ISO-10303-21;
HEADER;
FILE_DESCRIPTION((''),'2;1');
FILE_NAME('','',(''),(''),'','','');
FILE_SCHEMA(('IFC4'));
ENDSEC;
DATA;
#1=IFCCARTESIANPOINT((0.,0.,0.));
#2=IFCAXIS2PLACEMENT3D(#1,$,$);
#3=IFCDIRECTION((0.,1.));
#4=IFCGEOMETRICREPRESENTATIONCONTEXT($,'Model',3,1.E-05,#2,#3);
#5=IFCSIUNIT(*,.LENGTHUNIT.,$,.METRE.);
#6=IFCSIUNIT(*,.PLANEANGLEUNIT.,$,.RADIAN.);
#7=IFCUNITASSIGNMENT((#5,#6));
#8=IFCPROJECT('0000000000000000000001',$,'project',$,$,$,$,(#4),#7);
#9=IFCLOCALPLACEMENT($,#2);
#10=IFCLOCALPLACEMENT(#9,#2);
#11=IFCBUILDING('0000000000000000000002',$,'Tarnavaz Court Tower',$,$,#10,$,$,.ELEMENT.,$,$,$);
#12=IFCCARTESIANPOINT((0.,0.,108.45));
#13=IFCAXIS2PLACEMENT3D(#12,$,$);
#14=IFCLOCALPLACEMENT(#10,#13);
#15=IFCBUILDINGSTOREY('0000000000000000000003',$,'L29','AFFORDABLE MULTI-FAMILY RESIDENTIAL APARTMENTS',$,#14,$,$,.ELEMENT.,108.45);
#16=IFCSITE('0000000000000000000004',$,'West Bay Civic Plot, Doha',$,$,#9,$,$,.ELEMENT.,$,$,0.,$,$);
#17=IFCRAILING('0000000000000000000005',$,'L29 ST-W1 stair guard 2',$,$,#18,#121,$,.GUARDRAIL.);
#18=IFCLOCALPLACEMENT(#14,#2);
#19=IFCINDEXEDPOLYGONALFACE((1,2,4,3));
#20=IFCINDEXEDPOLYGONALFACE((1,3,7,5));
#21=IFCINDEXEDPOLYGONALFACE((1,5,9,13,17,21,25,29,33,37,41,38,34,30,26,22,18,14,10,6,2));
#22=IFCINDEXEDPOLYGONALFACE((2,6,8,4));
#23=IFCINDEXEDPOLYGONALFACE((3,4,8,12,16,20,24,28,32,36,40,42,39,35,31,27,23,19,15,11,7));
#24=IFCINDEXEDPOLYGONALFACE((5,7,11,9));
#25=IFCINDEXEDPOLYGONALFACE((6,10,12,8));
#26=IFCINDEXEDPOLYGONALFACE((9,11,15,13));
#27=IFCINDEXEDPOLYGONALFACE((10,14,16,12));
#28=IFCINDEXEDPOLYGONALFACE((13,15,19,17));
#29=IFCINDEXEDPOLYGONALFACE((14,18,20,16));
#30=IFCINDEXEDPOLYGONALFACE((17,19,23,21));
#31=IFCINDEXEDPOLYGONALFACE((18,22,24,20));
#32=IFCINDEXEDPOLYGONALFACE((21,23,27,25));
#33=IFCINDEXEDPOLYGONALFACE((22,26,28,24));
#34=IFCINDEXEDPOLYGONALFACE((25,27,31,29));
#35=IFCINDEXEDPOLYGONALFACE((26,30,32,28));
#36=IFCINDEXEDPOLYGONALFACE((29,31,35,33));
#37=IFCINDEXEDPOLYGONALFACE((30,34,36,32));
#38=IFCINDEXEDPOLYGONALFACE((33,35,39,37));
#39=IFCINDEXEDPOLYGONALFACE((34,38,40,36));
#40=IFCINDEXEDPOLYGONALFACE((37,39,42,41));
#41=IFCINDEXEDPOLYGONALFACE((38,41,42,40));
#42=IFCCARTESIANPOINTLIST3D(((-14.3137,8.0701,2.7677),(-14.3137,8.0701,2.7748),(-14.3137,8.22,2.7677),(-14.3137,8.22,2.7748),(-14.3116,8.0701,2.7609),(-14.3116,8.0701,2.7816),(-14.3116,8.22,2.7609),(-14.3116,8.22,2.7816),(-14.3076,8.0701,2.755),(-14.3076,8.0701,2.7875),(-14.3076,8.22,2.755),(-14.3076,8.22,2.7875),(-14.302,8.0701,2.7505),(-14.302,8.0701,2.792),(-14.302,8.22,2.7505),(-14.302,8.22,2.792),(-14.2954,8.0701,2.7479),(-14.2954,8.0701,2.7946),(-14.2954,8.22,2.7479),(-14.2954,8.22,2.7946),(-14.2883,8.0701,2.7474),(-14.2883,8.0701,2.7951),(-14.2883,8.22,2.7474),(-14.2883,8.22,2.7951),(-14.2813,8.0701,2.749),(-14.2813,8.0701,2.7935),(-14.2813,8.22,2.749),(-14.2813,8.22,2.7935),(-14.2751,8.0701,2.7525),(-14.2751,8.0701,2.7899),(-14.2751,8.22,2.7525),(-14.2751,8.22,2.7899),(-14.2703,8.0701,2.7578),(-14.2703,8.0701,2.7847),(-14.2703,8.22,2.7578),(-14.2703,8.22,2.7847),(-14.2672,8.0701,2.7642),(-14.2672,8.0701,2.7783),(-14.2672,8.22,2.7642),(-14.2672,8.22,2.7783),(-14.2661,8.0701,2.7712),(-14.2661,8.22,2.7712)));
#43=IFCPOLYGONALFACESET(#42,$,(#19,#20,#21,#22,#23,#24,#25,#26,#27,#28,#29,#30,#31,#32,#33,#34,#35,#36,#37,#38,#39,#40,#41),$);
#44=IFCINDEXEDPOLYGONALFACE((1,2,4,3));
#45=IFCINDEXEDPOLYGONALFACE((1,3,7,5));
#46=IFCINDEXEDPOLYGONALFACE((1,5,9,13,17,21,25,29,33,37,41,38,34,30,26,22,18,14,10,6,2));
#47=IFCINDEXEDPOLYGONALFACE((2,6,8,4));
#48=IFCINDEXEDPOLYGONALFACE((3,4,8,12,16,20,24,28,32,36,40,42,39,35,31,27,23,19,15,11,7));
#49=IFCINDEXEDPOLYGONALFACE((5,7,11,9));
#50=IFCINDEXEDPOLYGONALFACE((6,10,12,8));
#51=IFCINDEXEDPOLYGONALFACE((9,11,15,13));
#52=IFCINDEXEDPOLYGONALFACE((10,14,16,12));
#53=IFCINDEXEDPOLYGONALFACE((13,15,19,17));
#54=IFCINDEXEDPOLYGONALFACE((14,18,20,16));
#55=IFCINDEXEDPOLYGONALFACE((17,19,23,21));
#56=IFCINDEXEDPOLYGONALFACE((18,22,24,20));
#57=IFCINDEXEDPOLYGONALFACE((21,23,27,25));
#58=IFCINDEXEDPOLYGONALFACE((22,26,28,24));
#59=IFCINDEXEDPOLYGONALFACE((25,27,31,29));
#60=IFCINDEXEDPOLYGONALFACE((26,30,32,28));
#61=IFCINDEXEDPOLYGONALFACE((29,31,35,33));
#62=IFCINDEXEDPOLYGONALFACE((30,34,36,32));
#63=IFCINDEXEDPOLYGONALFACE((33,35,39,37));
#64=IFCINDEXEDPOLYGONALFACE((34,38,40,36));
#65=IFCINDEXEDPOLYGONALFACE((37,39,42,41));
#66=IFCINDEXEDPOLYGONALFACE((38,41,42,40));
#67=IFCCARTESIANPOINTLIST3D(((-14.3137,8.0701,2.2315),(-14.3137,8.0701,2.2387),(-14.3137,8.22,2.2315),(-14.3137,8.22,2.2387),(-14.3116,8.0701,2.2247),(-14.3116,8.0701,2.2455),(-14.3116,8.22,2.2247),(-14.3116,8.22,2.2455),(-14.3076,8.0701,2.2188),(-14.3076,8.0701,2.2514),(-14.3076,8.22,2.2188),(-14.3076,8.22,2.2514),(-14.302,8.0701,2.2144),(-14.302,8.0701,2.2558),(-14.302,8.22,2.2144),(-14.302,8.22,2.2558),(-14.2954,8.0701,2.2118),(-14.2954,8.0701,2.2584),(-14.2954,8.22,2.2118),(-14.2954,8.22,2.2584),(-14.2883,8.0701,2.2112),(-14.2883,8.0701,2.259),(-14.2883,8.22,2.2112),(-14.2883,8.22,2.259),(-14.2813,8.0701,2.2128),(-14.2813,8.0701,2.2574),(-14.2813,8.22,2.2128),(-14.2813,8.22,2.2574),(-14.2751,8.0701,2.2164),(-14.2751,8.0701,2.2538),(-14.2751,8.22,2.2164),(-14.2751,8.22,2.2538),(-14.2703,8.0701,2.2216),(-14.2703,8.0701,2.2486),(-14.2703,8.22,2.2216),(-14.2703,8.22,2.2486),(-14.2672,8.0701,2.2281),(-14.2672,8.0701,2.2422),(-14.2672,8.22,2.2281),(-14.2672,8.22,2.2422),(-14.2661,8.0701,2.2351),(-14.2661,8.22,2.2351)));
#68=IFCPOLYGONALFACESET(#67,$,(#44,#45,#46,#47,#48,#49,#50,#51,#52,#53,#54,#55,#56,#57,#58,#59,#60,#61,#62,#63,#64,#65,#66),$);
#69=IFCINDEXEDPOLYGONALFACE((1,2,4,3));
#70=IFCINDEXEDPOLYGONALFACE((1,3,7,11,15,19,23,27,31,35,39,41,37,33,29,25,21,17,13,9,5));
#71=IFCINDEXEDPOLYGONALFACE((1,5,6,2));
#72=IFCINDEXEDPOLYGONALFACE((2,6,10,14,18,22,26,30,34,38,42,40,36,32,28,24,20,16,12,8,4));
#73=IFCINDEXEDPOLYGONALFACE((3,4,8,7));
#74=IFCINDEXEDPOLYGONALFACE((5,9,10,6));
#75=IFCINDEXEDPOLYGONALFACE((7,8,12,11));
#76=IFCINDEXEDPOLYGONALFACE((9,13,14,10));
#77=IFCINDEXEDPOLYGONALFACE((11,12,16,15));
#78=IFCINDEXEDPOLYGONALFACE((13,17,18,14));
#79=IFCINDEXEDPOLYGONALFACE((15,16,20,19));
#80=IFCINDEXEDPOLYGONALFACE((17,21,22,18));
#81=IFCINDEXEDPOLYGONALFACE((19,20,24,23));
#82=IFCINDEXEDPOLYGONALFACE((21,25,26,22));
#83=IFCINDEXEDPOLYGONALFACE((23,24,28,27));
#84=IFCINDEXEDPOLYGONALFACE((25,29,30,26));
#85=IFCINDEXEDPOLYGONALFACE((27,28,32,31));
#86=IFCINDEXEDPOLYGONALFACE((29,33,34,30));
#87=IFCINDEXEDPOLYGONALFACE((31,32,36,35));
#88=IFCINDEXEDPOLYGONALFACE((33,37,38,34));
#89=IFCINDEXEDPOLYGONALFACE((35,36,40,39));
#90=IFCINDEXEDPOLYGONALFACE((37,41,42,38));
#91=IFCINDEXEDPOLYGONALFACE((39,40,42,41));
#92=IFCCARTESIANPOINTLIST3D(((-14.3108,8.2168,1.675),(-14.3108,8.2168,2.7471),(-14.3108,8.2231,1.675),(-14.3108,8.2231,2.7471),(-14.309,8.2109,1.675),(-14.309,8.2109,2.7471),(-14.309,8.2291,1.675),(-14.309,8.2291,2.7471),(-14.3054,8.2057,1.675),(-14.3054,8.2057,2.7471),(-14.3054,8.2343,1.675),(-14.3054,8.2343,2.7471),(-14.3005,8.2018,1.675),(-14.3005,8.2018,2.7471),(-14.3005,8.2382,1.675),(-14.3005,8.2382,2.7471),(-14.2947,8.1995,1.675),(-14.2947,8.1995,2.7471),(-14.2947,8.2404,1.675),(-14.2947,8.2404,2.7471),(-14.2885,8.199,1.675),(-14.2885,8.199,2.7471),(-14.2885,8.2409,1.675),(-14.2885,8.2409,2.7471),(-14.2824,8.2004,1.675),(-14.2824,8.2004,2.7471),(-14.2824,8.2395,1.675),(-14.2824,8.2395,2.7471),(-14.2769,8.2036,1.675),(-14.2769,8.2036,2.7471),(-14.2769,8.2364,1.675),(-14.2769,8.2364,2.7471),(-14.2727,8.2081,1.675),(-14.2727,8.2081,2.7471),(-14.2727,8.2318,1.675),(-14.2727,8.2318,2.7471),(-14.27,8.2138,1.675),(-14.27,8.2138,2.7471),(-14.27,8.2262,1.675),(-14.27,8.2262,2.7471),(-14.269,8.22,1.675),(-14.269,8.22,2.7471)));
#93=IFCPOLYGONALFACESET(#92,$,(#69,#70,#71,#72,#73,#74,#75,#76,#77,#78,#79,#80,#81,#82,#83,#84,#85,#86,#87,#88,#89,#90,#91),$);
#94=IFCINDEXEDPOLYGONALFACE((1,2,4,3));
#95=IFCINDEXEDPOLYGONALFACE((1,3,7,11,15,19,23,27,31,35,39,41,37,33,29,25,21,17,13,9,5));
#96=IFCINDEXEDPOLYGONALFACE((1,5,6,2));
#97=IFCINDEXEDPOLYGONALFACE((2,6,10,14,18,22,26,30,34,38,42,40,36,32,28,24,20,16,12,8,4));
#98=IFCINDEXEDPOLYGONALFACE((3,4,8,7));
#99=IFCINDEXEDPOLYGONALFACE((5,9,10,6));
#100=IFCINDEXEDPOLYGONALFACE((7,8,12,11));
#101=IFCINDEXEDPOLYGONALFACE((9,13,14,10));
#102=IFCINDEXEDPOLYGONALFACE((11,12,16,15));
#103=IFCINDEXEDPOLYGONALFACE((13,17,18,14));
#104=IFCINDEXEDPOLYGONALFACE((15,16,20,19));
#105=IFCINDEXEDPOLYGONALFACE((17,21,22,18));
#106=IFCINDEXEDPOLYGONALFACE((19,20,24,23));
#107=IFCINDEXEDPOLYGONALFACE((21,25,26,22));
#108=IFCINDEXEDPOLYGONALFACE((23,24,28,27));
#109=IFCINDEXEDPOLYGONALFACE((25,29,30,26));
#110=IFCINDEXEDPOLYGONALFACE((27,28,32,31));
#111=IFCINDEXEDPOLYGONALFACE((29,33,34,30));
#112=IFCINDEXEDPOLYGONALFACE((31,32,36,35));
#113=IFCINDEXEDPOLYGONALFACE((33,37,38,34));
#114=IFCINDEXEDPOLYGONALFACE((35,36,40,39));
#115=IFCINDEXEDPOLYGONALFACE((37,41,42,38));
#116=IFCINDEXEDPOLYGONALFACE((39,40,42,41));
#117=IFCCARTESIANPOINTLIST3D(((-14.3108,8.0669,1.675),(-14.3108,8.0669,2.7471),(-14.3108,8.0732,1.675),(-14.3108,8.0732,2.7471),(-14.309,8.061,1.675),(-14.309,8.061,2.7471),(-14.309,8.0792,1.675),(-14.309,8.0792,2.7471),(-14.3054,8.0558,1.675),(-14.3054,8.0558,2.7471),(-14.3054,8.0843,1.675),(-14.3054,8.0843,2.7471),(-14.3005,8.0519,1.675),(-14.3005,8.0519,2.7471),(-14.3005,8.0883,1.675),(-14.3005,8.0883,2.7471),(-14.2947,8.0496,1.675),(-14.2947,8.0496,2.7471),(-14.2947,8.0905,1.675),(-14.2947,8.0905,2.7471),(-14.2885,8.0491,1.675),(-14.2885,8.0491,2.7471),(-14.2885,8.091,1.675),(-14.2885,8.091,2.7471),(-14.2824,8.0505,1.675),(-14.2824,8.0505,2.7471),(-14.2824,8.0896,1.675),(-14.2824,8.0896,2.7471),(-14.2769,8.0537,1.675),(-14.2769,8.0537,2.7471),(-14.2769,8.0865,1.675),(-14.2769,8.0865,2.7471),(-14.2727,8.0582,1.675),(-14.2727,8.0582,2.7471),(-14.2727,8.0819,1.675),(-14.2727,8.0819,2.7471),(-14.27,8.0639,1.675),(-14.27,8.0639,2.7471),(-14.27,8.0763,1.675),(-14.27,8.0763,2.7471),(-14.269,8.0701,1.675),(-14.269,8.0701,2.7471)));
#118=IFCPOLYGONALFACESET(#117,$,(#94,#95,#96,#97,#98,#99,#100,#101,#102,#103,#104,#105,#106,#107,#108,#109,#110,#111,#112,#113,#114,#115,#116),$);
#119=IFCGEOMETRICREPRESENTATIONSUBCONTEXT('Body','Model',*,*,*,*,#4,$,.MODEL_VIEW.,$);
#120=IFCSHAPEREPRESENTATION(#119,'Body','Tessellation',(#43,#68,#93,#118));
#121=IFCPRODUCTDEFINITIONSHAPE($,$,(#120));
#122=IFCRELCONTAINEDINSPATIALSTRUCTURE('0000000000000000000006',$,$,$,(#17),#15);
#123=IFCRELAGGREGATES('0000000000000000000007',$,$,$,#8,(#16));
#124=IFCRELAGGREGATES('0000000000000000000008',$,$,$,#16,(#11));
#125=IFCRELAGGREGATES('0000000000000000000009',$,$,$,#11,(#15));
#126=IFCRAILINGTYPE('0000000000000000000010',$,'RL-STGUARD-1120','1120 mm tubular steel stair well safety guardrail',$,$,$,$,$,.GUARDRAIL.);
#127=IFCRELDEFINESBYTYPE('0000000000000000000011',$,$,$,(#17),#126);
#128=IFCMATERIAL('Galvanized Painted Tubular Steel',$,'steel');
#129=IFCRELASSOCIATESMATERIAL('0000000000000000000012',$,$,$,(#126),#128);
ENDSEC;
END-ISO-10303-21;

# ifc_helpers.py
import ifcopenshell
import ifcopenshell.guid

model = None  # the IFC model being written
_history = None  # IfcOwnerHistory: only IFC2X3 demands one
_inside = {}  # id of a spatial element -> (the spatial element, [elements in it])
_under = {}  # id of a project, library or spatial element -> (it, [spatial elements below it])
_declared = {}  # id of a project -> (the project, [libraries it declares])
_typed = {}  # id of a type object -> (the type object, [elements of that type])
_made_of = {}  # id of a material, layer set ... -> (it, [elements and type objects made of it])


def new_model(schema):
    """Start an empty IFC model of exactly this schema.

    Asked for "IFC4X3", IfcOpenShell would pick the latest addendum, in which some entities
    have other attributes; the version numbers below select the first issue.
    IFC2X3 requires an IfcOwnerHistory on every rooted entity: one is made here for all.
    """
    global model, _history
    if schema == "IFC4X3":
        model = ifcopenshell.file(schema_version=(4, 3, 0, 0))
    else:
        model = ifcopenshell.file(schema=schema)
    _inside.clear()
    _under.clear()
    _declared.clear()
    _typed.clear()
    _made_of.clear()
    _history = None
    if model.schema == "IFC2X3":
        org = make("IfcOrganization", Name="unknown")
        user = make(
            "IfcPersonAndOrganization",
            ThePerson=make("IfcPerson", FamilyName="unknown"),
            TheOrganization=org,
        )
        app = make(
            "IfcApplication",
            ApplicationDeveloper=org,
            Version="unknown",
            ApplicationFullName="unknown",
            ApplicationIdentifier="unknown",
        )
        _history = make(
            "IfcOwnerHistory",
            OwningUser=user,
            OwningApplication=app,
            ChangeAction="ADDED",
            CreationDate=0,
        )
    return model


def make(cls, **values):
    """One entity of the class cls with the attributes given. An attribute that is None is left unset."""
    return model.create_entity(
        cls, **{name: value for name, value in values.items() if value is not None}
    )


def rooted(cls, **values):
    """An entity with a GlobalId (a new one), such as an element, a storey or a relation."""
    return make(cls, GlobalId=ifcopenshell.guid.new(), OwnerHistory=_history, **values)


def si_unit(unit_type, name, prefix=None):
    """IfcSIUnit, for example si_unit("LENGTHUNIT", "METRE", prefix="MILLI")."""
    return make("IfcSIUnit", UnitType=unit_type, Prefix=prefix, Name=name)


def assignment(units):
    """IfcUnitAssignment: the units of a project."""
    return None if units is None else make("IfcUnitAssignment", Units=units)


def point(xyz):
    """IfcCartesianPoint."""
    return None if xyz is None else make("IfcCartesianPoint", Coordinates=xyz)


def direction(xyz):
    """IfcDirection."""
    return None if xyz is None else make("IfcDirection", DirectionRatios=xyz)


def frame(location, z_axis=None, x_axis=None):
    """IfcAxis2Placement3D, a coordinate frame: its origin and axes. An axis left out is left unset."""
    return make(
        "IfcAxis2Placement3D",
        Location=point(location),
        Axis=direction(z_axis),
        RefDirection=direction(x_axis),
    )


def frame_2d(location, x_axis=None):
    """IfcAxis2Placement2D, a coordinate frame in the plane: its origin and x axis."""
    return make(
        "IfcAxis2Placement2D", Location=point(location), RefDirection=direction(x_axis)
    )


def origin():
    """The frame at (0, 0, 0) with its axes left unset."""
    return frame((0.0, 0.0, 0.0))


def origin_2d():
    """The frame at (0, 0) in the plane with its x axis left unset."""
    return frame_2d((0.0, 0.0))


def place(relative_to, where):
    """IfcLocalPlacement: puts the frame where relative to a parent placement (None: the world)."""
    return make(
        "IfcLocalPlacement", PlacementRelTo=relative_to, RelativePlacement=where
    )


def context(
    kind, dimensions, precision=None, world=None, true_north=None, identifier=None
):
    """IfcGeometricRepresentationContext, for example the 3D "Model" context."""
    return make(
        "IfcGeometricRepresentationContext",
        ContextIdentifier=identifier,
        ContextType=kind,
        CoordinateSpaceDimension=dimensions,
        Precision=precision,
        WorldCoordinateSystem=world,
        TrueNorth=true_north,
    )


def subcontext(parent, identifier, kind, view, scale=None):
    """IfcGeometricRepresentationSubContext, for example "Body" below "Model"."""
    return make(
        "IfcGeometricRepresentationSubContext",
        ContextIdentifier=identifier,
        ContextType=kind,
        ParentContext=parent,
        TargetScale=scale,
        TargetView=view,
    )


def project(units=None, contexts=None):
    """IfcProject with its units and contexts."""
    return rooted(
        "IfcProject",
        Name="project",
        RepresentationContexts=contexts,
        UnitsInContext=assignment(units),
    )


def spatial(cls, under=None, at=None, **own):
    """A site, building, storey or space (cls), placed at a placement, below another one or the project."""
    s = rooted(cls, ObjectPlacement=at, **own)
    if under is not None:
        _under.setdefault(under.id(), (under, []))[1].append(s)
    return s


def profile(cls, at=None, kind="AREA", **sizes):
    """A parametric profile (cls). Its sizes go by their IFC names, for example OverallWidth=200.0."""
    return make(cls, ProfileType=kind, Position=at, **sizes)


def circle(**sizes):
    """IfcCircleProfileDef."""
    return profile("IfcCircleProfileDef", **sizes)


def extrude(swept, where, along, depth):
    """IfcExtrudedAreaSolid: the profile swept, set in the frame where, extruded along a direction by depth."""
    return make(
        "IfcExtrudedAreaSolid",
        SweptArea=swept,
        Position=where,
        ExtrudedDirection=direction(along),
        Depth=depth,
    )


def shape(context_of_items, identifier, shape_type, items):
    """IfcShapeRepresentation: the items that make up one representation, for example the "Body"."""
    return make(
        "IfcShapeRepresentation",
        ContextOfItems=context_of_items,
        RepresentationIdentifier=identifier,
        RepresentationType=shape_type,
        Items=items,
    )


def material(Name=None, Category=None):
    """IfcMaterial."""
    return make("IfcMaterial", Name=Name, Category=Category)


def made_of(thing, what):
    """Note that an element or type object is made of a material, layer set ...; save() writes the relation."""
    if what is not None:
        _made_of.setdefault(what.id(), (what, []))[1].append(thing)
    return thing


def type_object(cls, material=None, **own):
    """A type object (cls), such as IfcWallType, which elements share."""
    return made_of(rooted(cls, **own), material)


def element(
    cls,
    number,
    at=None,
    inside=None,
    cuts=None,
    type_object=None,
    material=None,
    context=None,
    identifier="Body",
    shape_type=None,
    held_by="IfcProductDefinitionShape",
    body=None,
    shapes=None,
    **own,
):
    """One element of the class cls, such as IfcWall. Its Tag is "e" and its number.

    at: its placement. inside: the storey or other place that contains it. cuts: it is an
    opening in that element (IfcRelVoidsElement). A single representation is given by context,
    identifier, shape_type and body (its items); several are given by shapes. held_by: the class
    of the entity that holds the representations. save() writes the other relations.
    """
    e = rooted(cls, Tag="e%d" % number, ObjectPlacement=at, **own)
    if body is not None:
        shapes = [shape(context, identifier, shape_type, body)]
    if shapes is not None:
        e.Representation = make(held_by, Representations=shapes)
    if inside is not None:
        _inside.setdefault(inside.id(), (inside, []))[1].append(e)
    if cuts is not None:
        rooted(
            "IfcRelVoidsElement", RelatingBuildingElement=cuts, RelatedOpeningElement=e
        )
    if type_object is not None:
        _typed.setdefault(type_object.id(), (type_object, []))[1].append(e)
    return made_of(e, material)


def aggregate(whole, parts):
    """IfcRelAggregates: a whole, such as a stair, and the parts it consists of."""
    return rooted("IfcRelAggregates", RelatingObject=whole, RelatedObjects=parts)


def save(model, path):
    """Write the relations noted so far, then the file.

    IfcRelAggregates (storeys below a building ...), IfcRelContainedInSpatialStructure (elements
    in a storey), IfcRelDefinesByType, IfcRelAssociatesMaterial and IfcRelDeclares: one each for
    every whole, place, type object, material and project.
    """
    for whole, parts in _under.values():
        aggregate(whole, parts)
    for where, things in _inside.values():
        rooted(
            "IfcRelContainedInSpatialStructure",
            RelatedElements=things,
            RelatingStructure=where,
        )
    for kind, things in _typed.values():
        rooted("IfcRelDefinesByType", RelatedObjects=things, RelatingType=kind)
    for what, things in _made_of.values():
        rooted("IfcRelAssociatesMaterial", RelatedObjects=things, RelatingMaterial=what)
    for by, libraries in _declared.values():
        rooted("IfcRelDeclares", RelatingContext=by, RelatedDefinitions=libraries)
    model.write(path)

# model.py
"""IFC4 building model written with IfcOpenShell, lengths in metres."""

from ifc_helpers import new_model, si_unit, direction, frame, origin, origin_2d, place, context, subcontext, project, spatial, circle, extrude, material, type_object, element, save


model = new_model("IFC4")

# Units and contexts
model_context = context("Model", 3, precision=1e-05, world=origin(), true_north=direction((0.0, 1.0)))
body_context = subcontext(model_context, "Body", "Model", "MODEL_VIEW")
ifc_project = project(units=[si_unit("LENGTHUNIT", "METRE"), si_unit("PLANEANGLEUNIT", "RADIAN")], contexts=[model_context])

# Site, building, storey
site_placement = place(None, origin())
site = spatial("IfcSite", under=ifc_project, at=site_placement, Name="West Bay Civic Plot, Doha", CompositionType="ELEMENT", RefElevation=0.0)
building_placement = place(site_placement, origin())
building = spatial("IfcBuilding", under=site, at=building_placement, Name="Tarnavaz Court Tower", CompositionType="ELEMENT")
storey_placement = place(building_placement, frame((0.0, 0.0, 108.45)))
storey = spatial("IfcBuildingStorey", under=building, at=storey_placement, Name="L29", Description="AFFORDABLE MULTI-FAMILY RESIDENTIAL APARTMENTS", CompositionType="ELEMENT", Elevation=108.45)

# Railing
ifc_material_1 = material(Name="Galvanized Painted Tubular Steel", Category="steel")
railing_type_1 = type_object("IfcRailingType", Name="RL-STGUARD-1120", Description="1120 mm tubular steel stair well safety guardrail", PredefinedType="GUARDRAIL", material=ifc_material_1)
railing_1_placement = place(storey_placement, frame((-14.29, 8.22, 1.675)))
element("IfcRailing", 1, at=railing_1_placement, inside=storey, type_object=railing_type_1, Name="L29 ST-W1 stair guard 2", PredefinedType="GUARDRAIL", context=body_context, shape_type="SweptSolid", body=[
    extrude(circle(Radius=0.0239, at=origin_2d()), frame((0.0, 0.0, 1.0962), z_axis=(0.0, -1.0, 0.0), x_axis=(1.0, 0.0, 0.0)), (0.0, 0.0, 1.0), 0.1499),
    extrude(circle(Radius=0.0239, at=origin_2d()), frame((0.0, 0.0, 0.5601), z_axis=(0.0, -1.0, 0.0), x_axis=(1.0, 0.0, 0.0)), (0.0, 0.0, 1.0), 0.1499),
    extrude(circle(Radius=0.021, at=origin_2d()), origin(), (0.0, 0.0, 1.0), 1.072),
    extrude(circle(Radius=0.021, at=origin_2d()), frame((0.0, -0.1499, 0.0)), (0.0, 0.0, 1.0), 1.072),
])

save(model, "model.ifc")
